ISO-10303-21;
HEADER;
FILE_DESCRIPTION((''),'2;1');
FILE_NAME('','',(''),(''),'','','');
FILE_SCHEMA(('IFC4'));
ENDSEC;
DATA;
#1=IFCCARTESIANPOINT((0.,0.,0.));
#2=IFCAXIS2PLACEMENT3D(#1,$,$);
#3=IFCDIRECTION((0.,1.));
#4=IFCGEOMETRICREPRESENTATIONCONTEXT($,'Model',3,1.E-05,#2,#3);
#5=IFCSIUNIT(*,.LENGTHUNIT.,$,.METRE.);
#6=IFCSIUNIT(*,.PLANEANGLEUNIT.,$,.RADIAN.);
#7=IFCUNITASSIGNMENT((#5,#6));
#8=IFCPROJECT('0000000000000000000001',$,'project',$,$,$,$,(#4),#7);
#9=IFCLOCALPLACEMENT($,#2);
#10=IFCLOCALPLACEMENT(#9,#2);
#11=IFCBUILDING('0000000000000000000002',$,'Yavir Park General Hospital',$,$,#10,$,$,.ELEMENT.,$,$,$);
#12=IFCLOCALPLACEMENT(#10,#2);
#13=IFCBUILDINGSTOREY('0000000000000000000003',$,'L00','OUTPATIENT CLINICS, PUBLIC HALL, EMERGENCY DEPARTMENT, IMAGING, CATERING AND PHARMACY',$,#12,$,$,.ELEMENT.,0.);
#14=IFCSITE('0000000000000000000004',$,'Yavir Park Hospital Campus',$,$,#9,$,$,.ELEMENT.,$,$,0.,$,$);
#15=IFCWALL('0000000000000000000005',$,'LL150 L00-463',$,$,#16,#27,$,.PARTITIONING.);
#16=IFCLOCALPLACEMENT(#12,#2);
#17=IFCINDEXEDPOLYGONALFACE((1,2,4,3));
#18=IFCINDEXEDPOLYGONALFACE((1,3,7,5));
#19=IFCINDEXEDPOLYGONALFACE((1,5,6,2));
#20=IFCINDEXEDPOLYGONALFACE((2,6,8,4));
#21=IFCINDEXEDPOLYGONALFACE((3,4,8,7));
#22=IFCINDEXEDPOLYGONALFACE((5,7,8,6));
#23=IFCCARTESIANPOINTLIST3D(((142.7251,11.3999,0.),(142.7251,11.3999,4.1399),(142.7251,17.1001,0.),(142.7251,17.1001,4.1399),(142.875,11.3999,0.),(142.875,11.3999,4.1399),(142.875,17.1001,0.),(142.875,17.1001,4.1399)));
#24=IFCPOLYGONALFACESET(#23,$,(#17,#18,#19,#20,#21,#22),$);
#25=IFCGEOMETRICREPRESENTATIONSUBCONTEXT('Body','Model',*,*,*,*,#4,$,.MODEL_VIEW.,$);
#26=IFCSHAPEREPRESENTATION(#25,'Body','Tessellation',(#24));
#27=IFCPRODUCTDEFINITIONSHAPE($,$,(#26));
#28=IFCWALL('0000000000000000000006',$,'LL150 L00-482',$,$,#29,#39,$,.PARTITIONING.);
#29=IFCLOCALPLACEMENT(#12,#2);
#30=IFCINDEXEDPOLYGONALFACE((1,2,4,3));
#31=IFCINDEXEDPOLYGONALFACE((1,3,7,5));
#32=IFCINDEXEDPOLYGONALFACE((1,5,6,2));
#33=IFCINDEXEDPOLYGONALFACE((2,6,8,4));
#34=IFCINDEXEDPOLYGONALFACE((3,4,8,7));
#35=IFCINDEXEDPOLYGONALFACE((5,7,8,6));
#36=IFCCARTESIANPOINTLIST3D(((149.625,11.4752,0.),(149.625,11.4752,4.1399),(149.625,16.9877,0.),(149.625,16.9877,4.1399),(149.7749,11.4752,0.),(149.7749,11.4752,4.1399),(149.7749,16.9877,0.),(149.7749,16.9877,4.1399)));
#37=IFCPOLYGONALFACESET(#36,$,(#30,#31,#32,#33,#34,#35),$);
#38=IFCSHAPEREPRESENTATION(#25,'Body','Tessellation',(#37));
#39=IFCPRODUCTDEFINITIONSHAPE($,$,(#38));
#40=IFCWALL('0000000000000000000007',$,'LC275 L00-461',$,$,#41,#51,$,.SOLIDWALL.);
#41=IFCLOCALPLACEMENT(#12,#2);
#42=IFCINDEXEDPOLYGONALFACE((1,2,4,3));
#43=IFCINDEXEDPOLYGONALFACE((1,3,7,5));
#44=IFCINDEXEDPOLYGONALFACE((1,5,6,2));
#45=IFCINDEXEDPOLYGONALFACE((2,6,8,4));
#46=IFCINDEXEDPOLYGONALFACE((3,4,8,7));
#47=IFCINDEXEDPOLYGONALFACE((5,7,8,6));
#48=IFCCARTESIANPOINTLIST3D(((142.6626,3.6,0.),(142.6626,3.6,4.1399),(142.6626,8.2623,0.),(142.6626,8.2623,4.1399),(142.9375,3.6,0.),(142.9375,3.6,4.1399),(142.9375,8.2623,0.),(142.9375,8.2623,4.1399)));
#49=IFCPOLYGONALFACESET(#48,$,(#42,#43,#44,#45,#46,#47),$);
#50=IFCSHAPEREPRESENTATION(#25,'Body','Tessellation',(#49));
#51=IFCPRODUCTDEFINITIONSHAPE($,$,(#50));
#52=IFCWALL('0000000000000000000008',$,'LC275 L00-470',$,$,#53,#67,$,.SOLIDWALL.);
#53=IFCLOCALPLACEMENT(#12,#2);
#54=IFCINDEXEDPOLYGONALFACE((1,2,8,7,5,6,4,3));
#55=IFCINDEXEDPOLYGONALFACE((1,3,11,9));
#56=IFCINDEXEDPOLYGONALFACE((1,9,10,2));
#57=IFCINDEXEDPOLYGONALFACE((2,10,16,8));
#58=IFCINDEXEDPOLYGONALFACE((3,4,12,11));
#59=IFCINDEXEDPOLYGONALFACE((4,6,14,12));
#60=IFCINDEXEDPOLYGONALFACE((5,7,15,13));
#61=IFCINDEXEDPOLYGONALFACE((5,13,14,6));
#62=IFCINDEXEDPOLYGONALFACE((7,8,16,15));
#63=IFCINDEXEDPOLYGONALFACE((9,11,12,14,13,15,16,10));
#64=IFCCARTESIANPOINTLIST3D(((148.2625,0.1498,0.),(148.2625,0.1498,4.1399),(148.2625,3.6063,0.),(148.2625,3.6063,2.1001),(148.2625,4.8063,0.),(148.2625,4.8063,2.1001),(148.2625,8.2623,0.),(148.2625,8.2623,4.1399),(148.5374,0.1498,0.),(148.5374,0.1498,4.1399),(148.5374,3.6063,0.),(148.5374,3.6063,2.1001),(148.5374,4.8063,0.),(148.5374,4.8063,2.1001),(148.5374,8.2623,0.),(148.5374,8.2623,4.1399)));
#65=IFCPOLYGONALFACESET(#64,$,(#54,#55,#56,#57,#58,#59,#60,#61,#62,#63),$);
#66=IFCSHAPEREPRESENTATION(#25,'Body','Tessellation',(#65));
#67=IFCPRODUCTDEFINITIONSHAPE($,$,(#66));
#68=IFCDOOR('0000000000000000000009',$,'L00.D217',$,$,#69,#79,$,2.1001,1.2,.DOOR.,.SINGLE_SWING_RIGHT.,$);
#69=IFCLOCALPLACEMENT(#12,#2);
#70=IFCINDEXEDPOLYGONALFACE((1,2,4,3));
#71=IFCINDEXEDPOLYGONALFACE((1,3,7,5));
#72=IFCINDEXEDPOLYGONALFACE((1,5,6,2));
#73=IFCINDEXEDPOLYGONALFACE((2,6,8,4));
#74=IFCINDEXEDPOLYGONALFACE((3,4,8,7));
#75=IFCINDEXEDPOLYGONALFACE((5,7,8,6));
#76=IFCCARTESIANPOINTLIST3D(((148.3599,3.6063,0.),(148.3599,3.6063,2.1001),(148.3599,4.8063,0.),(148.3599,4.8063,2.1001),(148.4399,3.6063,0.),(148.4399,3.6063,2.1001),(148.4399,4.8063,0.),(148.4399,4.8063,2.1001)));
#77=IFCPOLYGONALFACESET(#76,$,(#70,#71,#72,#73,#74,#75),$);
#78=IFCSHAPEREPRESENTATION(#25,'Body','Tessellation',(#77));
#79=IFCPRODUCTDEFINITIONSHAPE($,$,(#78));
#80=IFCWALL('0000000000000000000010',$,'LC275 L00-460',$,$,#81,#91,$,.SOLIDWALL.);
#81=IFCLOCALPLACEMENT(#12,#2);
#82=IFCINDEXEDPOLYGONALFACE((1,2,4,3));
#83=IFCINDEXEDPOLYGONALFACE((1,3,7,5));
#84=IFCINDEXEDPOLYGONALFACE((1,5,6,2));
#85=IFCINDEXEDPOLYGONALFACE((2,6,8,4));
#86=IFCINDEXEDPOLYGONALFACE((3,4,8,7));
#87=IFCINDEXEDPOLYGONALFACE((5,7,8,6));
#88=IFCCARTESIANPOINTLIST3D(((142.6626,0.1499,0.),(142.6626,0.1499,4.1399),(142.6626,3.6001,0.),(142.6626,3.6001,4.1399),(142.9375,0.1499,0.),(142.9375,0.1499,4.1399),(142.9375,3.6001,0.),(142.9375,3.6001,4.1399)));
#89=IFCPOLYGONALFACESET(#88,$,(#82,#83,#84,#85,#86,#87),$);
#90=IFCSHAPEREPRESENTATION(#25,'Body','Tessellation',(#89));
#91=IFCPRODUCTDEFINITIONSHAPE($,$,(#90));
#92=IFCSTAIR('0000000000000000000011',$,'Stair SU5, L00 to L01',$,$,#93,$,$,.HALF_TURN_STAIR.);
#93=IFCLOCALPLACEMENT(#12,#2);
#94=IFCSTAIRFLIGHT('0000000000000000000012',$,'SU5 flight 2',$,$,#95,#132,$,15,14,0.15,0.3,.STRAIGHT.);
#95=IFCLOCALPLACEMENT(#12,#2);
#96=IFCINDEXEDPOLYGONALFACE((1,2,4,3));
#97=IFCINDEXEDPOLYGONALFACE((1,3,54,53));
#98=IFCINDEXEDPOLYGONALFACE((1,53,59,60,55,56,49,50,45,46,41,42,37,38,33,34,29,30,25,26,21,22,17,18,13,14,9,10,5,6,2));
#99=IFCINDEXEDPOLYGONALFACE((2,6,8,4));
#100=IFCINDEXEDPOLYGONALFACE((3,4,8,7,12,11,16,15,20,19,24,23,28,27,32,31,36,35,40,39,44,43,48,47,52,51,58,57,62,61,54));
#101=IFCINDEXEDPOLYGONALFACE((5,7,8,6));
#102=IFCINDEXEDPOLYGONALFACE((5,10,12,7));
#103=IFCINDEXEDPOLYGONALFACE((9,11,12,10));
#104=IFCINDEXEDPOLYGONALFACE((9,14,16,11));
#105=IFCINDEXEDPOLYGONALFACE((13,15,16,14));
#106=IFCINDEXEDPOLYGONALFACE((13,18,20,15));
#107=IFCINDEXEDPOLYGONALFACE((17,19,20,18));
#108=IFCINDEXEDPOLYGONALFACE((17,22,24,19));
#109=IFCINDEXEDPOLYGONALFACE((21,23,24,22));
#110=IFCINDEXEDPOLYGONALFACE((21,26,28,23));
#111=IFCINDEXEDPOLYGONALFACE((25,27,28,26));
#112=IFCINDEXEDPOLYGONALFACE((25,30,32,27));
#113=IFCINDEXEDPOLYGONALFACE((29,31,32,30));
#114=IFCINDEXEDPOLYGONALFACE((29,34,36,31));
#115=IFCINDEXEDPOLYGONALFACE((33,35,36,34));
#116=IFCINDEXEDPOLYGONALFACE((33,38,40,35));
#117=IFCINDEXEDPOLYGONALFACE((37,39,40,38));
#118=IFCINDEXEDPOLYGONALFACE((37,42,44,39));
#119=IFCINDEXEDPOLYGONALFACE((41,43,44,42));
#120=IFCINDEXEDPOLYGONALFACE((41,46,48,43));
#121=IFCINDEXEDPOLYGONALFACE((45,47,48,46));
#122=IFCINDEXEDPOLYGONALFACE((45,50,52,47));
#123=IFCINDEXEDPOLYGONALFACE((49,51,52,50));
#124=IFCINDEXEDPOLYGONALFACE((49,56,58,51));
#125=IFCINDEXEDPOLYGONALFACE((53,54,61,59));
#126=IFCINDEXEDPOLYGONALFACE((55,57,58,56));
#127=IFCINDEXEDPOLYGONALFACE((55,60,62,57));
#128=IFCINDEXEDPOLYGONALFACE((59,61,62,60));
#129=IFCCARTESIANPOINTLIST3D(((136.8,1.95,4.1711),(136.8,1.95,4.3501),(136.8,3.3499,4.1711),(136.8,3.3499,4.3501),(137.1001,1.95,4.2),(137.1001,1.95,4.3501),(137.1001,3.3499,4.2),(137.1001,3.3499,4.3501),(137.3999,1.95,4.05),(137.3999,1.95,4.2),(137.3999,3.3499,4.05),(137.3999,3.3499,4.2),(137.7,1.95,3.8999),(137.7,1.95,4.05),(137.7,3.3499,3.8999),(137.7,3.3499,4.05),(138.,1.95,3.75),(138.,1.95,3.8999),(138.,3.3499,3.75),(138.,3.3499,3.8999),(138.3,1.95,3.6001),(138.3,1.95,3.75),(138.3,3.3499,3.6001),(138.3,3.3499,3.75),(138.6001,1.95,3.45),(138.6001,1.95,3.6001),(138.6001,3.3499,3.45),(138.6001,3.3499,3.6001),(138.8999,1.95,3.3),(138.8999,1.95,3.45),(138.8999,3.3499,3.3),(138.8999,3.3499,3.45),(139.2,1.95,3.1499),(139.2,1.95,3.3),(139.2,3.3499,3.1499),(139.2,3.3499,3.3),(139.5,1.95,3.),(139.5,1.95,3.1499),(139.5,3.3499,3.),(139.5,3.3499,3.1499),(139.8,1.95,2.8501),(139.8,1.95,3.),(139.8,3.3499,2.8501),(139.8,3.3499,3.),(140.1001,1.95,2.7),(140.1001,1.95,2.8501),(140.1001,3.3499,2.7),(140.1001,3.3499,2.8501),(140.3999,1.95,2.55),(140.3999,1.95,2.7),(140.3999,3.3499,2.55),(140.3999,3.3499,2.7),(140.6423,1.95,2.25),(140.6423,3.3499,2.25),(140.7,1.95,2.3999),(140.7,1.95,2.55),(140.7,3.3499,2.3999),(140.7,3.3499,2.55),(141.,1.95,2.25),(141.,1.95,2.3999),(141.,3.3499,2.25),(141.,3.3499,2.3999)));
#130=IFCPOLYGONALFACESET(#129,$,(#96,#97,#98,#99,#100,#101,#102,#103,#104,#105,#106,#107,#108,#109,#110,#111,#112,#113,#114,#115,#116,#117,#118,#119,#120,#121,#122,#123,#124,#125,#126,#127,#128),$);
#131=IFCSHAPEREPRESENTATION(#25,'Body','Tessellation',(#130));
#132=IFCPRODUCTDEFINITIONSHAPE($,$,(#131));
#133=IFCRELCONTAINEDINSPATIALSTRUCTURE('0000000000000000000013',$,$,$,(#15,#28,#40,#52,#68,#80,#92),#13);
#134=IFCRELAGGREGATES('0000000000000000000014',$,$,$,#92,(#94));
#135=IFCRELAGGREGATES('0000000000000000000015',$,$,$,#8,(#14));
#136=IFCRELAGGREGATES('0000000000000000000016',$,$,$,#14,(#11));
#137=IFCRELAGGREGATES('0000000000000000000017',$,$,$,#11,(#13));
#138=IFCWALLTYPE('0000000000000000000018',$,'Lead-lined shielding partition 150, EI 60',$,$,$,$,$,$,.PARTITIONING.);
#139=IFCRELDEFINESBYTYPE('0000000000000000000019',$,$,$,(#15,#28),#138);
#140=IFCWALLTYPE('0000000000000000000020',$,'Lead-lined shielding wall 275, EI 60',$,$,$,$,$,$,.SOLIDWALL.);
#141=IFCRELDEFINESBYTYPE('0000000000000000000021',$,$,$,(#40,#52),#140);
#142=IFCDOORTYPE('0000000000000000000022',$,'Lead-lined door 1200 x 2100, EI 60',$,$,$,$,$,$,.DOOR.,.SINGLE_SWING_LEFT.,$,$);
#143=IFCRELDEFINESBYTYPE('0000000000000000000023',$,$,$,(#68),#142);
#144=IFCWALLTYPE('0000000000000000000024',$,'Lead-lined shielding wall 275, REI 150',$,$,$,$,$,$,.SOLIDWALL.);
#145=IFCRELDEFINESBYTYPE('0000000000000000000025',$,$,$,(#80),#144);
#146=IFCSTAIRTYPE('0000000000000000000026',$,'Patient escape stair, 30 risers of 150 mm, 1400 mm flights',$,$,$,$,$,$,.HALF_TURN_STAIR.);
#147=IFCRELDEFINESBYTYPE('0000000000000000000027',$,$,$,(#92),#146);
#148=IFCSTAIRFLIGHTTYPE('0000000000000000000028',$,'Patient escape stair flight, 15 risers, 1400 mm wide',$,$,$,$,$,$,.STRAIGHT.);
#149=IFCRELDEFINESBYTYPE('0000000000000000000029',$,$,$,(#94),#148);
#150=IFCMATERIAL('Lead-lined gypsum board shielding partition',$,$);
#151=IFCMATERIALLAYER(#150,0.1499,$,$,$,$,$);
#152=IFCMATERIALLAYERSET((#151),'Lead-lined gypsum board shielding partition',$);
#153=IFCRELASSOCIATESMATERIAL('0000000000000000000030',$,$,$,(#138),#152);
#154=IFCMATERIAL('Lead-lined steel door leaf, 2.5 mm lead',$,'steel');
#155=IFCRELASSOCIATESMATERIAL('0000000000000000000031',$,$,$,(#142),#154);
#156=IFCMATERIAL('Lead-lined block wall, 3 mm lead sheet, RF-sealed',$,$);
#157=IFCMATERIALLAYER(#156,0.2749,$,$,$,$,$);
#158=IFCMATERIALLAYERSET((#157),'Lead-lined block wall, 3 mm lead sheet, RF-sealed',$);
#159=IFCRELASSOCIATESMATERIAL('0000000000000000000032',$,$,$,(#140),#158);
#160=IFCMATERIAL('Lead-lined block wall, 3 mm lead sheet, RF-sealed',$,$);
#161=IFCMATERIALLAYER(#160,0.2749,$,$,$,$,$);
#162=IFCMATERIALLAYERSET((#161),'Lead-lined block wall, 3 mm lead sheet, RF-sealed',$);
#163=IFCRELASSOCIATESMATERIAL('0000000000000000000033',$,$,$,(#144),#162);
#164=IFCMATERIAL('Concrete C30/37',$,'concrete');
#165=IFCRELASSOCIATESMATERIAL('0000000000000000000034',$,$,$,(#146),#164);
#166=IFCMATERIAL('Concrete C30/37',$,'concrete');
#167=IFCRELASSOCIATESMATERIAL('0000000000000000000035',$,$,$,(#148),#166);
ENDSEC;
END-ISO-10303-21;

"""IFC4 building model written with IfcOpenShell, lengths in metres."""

from ifc_helpers import new_model, si_unit, direction, frame, frame_2d, origin, place, context, subcontext, project, spatial, polyline, rectangle, outline, extrude, material, layer, layer_set, type_object, element, fill, aggregate, save


model = new_model("IFC4")

# Units and contexts
model_context = context("Model", 3, precision=1e-05, world=origin(), true_north=direction((0.0, 1.0)))
body_context = subcontext(model_context, "Body", "Model", "MODEL_VIEW")
ifc_project = project(units=[si_unit("LENGTHUNIT", "METRE"), si_unit("PLANEANGLEUNIT", "RADIAN")], contexts=[model_context])

# Site, building, storey
site_placement = place(None, origin())
site = spatial("IfcSite", under=ifc_project, at=site_placement, Name="Yavir Park Hospital Campus", CompositionType="ELEMENT", RefElevation=0.0)
building_placement = place(site_placement, origin())
building = spatial("IfcBuilding", under=site, at=building_placement, Name="Yavir Park General Hospital", CompositionType="ELEMENT")
storey_placement = place(building_placement, origin())
storey = spatial("IfcBuildingStorey", under=building, at=storey_placement, Name="L00", Description="OUTPATIENT CLINICS, PUBLIC HALL, EMERGENCY DEPARTMENT, IMAGING, CATERING AND PHARMACY", CompositionType="ELEMENT", Elevation=0.0)

# Shared definitions
ifc_material_1 = material(Name="Lead-lined gypsum board shielding partition")
ifc_layer_1 = layer(ifc_material_1, 0.1499)
ifc_layer_set_1 = layer_set([ifc_layer_1], Name="Lead-lined gypsum board shielding partition")
wall_type_1 = type_object("IfcWallType", Name="Lead-lined shielding partition 150, EI 60", PredefinedType="PARTITIONING", material=ifc_layer_set_1)
ifc_material_2 = material(Name="Lead-lined steel door leaf, 2.5 mm lead", Category="steel")
door_type_1 = type_object("IfcDoorType", Name="Lead-lined door 1200 x 2100, EI 60", OperationType="SINGLE_SWING_LEFT", PredefinedType="DOOR", material=ifc_material_2)

# Walls
wall_1_placement = place(storey_placement, frame((142.8, 11.3999, 0.0), z_axis=(0.0, 0.0, 1.0), x_axis=(0.0, 1.0, 0.0)))
element("IfcWall", 1, at=wall_1_placement, inside=storey, type_object=wall_type_1, Name="LL150 L00-463", PredefinedType="PARTITIONING", context=body_context, shape_type="SweptSolid", body=[
    extrude(rectangle(XDim=5.7002, YDim=0.1499, at=frame_2d((2.8501, 0.0))), origin(), (0.0, 0.0, 1.0), 4.1399),
])
wall_2_placement = place(storey_placement, frame((149.7, 11.4751, 0.0), z_axis=(0.0, 0.0, 1.0), x_axis=(0.0, 1.0, 0.0)))
element("IfcWall", 2, at=wall_2_placement, inside=storey, type_object=wall_type_1, Name="LL150 L00-482", PredefinedType="PARTITIONING", context=body_context, shape_type="SweptSolid", body=[
    extrude(rectangle(XDim=5.5125, YDim=0.1499, at=frame_2d((2.7563, 0.0))), origin(), (0.0, 0.0, 1.0), 4.1399),
])

# Shared definitions
ifc_material_3 = material(Name="Lead-lined block wall, 3 mm lead sheet, RF-sealed")
ifc_layer_2 = layer(ifc_material_3, 0.2749)
ifc_layer_set_2 = layer_set([ifc_layer_2], Name="Lead-lined block wall, 3 mm lead sheet, RF-sealed")
wall_type_2 = type_object("IfcWallType", Name="Lead-lined shielding wall 275, EI 60", PredefinedType="SOLIDWALL", material=ifc_layer_set_2)

# Wall
wall_3_placement = place(storey_placement, frame((142.8, 3.6001, 0.0), z_axis=(0.0, 0.0, 1.0), x_axis=(0.0, 1.0, 0.0)))
element("IfcWall", 3, at=wall_3_placement, inside=storey, type_object=wall_type_2, Name="LC275 L00-461", PredefinedType="SOLIDWALL", context=body_context, shape_type="SweptSolid", body=[
    extrude(rectangle(XDim=4.6624, YDim=0.2749, at=frame_2d((2.3311, 0.0))), origin(), (0.0, 0.0, 1.0), 4.1399),
])

# Wall, opening, door
wall_4_placement = place(storey_placement, frame((148.3999, 0.1499, 0.0), z_axis=(0.0, 0.0, 1.0), x_axis=(0.0, 1.0, 0.0)))
wall_4 = element("IfcWall", 4, at=wall_4_placement, inside=storey, type_object=wall_type_2, Name="LC275 L00-470", PredefinedType="SOLIDWALL", context=body_context, shape_type="SweptSolid", body=[
    extrude(rectangle(XDim=8.1125, YDim=0.2749, at=frame_2d((4.0562, 0.0))), origin(), (0.0, 0.0, 1.0), 4.1399),
])
opening_1_placement = place(wall_4_placement, frame((3.4563, 0.0, 0.0)))
opening_1 = element("IfcOpeningElement", 5, at=opening_1_placement, cuts=wall_4, PredefinedType="OPENING", context=body_context, shape_type="SweptSolid", body=[
    extrude(rectangle(XDim=1.2, YDim=2.1001, at=frame_2d((0.6001, 1.05))), frame((0.0, 0.1475, 0.0), z_axis=(0.0, -1.0, 0.0), x_axis=(1.0, 0.0, 0.0)), (0.0, 0.0, 1.0), 0.2949),
])
door_1_placement = place(opening_1_placement, origin())
door_1 = element("IfcDoor", 6, at=door_1_placement, inside=storey, type_object=door_type_1, Name="L00.D217", OperationType="SINGLE_SWING_RIGHT", OverallHeight=2.1001, OverallWidth=1.2, PredefinedType="DOOR", context=body_context, shape_type="SweptSolid", body=[
    extrude(rectangle(XDim=1.2, YDim=2.1001, at=frame_2d((0.6001, 1.05))), frame((0.0, 0.04, 0.0), z_axis=(0.0, -1.0, 0.0), x_axis=(1.0, 0.0, 0.0)), (0.0, 0.0, 1.0), 0.0801),
])
fill(opening_1, door_1)

# Wall
ifc_material_4 = material(Name="Lead-lined block wall, 3 mm lead sheet, RF-sealed")
ifc_layer_3 = layer(ifc_material_4, 0.2749)
ifc_layer_set_3 = layer_set([ifc_layer_3], Name="Lead-lined block wall, 3 mm lead sheet, RF-sealed")
wall_type_3 = type_object("IfcWallType", Name="Lead-lined shielding wall 275, REI 150", PredefinedType="SOLIDWALL", material=ifc_layer_set_3)
wall_5_placement = place(storey_placement, frame((142.8, 0.1499, 0.0), z_axis=(0.0, 0.0, 1.0), x_axis=(0.0, 1.0, 0.0)))
element("IfcWall", 7, at=wall_5_placement, inside=storey, type_object=wall_type_3, Name="LC275 L00-460", PredefinedType="SOLIDWALL", context=body_context, shape_type="SweptSolid", body=[
    extrude(rectangle(XDim=3.4502, YDim=0.2749, at=frame_2d((1.7251, 0.0))), origin(), (0.0, 0.0, 1.0), 4.1399),
])

# Stair, stair flight
ifc_material_5 = material(Name="Concrete C30/37", Category="concrete")
stair_type = type_object("IfcStairType", Name="Patient escape stair, 30 risers of 150 mm, 1400 mm flights", PredefinedType="HALF_TURN_STAIR", material=ifc_material_5)
stair_placement = place(storey_placement, origin())
stair = element("IfcStair", 8, at=stair_placement, inside=storey, type_object=stair_type, Name="Stair SU5, L00 to L01", PredefinedType="HALF_TURN_STAIR")
ifc_material_6 = material(Name="Concrete C30/37", Category="concrete")
stair_flight_type = type_object("IfcStairFlightType", Name="Patient escape stair flight, 15 risers, 1400 mm wide", PredefinedType="STRAIGHT", material=ifc_material_6)
stair_flight_placement = place(storey_placement, frame((141.0, 2.6499, 2.25), z_axis=(0.0, 0.0, 1.0), x_axis=(-1.0, 0.0, 0.0)))
stair_flight = element("IfcStairFlight", 9, at=stair_flight_placement, type_object=stair_flight_type, Name="SU5 flight 2", NumberOfRisers=15, NumberOfTreads=14, PredefinedType="STRAIGHT", RiserHeight=0.15, TreadLength=0.3, context=body_context, shape_type="SweptSolid", body=[
    extrude(outline(polyline([(0.0, 0.0), (0.0, 0.1499), (0.3, 0.1499), (0.3, 0.3), (0.6001, 0.3), (0.6001, 0.45), (0.8999, 0.45), (0.8999, 0.6001), (1.2, 0.6001), (1.2, 0.75), (1.5, 0.75), (1.5, 0.8999), (1.8, 0.8999), (1.8, 1.05), (2.1001, 1.05), (2.1001, 1.2), (2.3999, 1.2), (2.3999, 1.3501), (2.7, 1.3501), (2.7, 1.5), (3.0, 1.5), (3.0, 1.6499), (3.3, 1.6499), (3.3, 1.8), (3.6001, 1.8), (3.6001, 1.95), (3.8999, 1.95), (3.8999, 2.1001), (4.2, 2.1001), (4.2, 2.25), (4.2, 1.9211), (0.3577, 0.0), (0.0, 0.0)])), frame((0.0, 0.7, 0.0), z_axis=(0.0, -1.0, 0.0), x_axis=(1.0, 0.0, 0.0)), (0.0, 0.0, 1.0), 1.3999),
])
aggregate(stair, [stair_flight])

save(model, "model.ifc")
